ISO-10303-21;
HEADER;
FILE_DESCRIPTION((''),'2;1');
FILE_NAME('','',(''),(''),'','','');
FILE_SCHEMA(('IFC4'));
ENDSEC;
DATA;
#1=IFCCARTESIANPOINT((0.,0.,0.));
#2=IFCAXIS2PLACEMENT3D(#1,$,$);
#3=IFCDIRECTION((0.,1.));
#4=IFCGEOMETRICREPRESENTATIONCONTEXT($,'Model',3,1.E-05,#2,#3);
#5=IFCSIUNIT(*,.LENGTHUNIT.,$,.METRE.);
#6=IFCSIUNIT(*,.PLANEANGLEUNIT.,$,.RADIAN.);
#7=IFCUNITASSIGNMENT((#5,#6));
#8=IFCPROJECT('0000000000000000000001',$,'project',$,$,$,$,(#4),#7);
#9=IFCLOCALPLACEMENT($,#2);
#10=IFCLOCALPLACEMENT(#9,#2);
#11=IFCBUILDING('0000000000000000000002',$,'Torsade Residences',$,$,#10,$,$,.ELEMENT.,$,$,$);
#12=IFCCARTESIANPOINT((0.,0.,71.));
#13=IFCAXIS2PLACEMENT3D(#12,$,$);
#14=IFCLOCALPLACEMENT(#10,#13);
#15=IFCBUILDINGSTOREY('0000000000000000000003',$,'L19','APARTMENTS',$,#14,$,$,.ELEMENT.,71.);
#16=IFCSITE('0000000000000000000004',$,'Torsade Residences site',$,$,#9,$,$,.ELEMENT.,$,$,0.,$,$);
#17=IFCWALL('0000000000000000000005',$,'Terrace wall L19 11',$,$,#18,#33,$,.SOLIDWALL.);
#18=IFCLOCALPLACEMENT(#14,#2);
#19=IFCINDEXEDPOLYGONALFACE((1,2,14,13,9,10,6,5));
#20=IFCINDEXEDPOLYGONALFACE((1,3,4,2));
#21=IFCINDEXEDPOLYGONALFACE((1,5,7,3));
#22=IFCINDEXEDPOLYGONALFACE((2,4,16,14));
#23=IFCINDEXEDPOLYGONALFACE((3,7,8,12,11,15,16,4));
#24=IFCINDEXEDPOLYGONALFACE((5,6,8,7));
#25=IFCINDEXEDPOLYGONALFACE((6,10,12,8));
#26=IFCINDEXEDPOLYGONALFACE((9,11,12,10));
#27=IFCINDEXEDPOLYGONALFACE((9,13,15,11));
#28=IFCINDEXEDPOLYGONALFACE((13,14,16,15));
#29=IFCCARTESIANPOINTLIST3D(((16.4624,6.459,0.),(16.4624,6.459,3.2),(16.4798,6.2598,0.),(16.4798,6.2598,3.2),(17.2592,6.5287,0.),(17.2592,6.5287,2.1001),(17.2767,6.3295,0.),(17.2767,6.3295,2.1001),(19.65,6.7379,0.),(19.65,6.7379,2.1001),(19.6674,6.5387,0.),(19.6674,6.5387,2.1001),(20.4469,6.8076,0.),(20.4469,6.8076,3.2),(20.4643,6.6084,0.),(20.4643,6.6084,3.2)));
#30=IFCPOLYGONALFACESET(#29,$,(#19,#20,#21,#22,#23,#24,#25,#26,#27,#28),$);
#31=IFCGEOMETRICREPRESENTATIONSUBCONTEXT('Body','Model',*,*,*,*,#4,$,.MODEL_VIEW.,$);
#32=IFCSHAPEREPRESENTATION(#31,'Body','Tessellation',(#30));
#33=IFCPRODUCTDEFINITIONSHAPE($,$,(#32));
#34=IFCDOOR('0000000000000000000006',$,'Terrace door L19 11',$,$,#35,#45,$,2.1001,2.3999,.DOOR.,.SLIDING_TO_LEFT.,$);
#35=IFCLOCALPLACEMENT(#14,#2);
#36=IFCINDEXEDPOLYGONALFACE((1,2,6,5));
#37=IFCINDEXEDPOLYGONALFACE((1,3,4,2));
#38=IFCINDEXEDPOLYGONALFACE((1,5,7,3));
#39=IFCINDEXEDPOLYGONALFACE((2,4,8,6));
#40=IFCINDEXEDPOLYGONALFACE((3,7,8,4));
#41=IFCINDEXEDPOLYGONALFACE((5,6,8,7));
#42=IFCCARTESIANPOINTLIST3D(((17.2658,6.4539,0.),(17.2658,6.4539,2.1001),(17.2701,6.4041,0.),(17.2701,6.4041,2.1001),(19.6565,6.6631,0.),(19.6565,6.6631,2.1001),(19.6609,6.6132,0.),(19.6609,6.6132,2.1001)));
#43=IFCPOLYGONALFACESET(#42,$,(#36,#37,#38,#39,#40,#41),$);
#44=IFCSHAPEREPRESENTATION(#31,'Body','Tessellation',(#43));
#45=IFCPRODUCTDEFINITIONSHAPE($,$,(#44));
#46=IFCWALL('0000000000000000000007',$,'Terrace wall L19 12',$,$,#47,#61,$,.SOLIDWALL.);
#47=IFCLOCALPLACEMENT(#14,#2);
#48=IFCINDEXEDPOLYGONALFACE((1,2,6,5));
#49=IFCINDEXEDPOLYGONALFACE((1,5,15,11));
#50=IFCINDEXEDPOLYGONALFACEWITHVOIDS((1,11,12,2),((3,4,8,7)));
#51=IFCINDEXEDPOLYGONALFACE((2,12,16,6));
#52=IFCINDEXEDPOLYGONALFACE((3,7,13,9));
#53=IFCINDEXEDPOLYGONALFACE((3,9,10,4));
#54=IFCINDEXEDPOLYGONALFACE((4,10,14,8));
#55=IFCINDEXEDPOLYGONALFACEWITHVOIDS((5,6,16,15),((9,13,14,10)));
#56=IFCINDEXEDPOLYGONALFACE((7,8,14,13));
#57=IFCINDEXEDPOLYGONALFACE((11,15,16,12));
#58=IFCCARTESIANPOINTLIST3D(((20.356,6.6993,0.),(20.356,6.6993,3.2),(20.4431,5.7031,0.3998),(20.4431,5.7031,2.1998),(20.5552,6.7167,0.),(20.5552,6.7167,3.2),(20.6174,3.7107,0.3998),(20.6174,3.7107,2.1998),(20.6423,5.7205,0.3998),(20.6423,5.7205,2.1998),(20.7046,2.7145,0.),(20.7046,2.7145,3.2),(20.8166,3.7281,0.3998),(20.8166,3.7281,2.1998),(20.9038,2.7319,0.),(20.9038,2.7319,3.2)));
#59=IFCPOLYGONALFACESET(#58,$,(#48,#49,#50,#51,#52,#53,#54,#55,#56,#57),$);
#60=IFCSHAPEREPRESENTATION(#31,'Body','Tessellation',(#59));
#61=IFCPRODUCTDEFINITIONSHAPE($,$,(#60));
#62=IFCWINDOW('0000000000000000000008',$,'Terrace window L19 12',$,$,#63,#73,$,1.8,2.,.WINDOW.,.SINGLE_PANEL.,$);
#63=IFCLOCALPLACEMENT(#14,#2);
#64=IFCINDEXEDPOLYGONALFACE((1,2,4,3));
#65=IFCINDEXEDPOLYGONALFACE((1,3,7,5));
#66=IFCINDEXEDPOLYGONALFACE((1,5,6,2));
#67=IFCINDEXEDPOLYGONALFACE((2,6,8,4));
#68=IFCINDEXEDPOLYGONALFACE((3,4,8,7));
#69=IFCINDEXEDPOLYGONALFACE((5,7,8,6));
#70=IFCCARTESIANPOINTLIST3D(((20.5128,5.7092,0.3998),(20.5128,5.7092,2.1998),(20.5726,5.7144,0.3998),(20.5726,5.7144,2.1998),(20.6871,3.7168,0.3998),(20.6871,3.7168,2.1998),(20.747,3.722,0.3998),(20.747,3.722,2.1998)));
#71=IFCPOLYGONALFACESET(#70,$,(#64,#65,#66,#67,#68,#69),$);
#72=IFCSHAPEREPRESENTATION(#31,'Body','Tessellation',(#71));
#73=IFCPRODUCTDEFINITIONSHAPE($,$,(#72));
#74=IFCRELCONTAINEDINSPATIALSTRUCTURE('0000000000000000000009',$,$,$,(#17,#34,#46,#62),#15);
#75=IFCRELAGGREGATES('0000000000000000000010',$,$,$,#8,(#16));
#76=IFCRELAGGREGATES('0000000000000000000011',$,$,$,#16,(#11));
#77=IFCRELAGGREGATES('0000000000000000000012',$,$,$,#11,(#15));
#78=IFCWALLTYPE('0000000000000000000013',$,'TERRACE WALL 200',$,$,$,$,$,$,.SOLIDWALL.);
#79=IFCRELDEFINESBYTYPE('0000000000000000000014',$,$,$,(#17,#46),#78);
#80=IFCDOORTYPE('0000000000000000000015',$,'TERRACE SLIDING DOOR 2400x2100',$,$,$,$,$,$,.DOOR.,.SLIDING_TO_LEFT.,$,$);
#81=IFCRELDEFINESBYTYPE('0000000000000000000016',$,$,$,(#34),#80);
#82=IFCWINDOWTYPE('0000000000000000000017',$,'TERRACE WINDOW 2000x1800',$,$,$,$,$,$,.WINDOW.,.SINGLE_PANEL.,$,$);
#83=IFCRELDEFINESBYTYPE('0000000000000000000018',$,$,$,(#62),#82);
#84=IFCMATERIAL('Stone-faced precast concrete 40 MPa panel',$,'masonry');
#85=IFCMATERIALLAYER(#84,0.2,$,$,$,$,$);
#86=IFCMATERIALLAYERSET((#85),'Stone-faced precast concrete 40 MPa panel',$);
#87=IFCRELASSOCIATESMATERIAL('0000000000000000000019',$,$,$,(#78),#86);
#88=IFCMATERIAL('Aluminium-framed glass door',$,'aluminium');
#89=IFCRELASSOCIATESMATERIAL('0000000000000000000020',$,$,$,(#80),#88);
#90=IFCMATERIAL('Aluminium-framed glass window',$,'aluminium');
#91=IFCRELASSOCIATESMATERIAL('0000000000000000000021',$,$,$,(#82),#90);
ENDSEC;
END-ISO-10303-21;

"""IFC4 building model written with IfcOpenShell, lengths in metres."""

from ifc_helpers import new_model, si_unit, direction, frame, frame_2d, origin, place, context, subcontext, project, spatial, rectangle, extrude, material, layer, layer_set, type_object, element, fill, save


model = new_model("IFC4")

# Units and contexts
model_context = context("Model", 3, precision=1e-05, world=origin(), true_north=direction((0.0, 1.0)))
body_context = subcontext(model_context, "Body", "Model", "MODEL_VIEW")
ifc_project = project(units=[si_unit("LENGTHUNIT", "METRE"), si_unit("PLANEANGLEUNIT", "RADIAN")], contexts=[model_context])

# Site, building, storey
site_placement = place(None, origin())
site = spatial("IfcSite", under=ifc_project, at=site_placement, Name="Torsade Residences site", CompositionType="ELEMENT", RefElevation=0.0)
building_placement = place(site_placement, origin())
building = spatial("IfcBuilding", under=site, at=building_placement, Name="Torsade Residences", CompositionType="ELEMENT")
storey_placement = place(building_placement, frame((0.0, 0.0, 71.0)))
storey = spatial("IfcBuildingStorey", under=building, at=storey_placement, Name="L19", Description="APARTMENTS", CompositionType="ELEMENT", Elevation=71.0)

# Wall, opening, door
ifc_material_1 = material(Name="Stone-faced precast concrete 40 MPa panel", Category="masonry")
ifc_layer_1 = layer(ifc_material_1, 0.2)
ifc_layer_set_1 = layer_set([ifc_layer_1], Name="Stone-faced precast concrete 40 MPa panel")
wall_type_1 = type_object("IfcWallType", Name="TERRACE WALL 200", PredefinedType="SOLIDWALL", material=ifc_layer_set_1)
wall_1_placement = place(storey_placement, frame((16.4709, 6.3594, 0.0), z_axis=(0.0, 0.0, 1.0), x_axis=(0.996194, 0.087162, 0.0)))
wall_1 = element("IfcWall", 1, at=wall_1_placement, inside=storey, type_object=wall_type_1, Name="Terrace wall L19 11", PredefinedType="SOLIDWALL", context=body_context, shape_type="SweptSolid", body=[
    extrude(rectangle(XDim=3.9998, YDim=0.2, at=frame_2d((2.0, 0.0))), origin(), (0.0, 0.0, 1.0), 3.2),
])
opening_1_placement = place(wall_1_placement, frame((0.8, 0.0, 0.0)))
opening_1 = element("IfcOpeningElement", 2, at=opening_1_placement, cuts=wall_1, PredefinedType="OPENING", context=body_context, shape_type="SweptSolid", body=[
    extrude(rectangle(XDim=2.3999, YDim=2.1001, at=frame_2d((1.2, 1.05))), frame((0.0, 0.1099, 0.0), z_axis=(0.0, -1.0, 0.0), x_axis=(1.0, 0.0, 0.0)), (0.0, 0.0, 1.0), 0.22),
])
ifc_material_2 = material(Name="Aluminium-framed glass door", Category="aluminium")
door_type_1 = type_object("IfcDoorType", Name="TERRACE SLIDING DOOR 2400x2100", OperationType="SLIDING_TO_LEFT", PredefinedType="DOOR", material=ifc_material_2)
door_1_placement = place(opening_1_placement, origin())
door_1 = element("IfcDoor", 3, at=door_1_placement, inside=storey, type_object=door_type_1, Name="Terrace door L19 11", OperationType="SLIDING_TO_LEFT", OverallHeight=2.1001, OverallWidth=2.3999, PredefinedType="DOOR", context=body_context, shape_type="SweptSolid", body=[
    extrude(rectangle(XDim=2.3999, YDim=2.1001, at=frame_2d((1.2, 1.05))), frame((0.0, 0.0249, 0.0), z_axis=(0.0, -1.0, 0.0), x_axis=(1.0, 0.0, 0.0)), (0.0, 0.0, 1.0), 0.05),
])
fill(opening_1, door_1)

# Wall, opening, window
wall_2_placement = place(storey_placement, frame((20.4556, 6.708, 0.0), z_axis=(0.0, 0.0, 1.0), x_axis=(0.087156, -0.996195, 0.0)))
wall_2 = element("IfcWall", 4, at=wall_2_placement, inside=storey, type_object=wall_type_1, Name="Terrace wall L19 12", PredefinedType="SOLIDWALL", context=body_context, shape_type="SweptSolid", body=[
    extrude(rectangle(XDim=4.0, YDim=0.2, at=frame_2d((2.0, 0.0))), origin(), (0.0, 0.0, 1.0), 3.2),
])
opening_2_placement = place(wall_2_placement, frame((1.0, 0.0, 0.3999)))
opening_2 = element("IfcOpeningElement", 5, at=opening_2_placement, cuts=wall_2, PredefinedType="OPENING", context=body_context, shape_type="SweptSolid", body=[
    extrude(rectangle(XDim=2.0, YDim=1.8, at=frame_2d((1.0, 0.8999))), frame((0.0, 0.1099, 0.0), z_axis=(0.0, -1.0, 0.0), x_axis=(1.0, 0.0, 0.0)), (0.0, 0.0, 1.0), 0.22),
])
ifc_material_3 = material(Name="Aluminium-framed glass window", Category="aluminium")
window_type = type_object("IfcWindowType", Name="TERRACE WINDOW 2000x1800", PartitioningType="SINGLE_PANEL", PredefinedType="WINDOW", material=ifc_material_3)
window_placement = place(opening_2_placement, origin())
window = element("IfcWindow", 6, at=window_placement, inside=storey, type_object=window_type, Name="Terrace window L19 12", OverallHeight=1.8, OverallWidth=2.0, PartitioningType="SINGLE_PANEL", PredefinedType="WINDOW", context=body_context, shape_type="SweptSolid", body=[
    extrude(rectangle(XDim=2.0, YDim=1.8, at=frame_2d((1.0, 0.8999))), frame((0.0, 0.03, 0.0), z_axis=(0.0, -1.0, 0.0), x_axis=(1.0, 0.0, 0.0)), (0.0, 0.0, 1.0), 0.0601),
])
fill(opening_2, window)

save(model, "model.ifc")
